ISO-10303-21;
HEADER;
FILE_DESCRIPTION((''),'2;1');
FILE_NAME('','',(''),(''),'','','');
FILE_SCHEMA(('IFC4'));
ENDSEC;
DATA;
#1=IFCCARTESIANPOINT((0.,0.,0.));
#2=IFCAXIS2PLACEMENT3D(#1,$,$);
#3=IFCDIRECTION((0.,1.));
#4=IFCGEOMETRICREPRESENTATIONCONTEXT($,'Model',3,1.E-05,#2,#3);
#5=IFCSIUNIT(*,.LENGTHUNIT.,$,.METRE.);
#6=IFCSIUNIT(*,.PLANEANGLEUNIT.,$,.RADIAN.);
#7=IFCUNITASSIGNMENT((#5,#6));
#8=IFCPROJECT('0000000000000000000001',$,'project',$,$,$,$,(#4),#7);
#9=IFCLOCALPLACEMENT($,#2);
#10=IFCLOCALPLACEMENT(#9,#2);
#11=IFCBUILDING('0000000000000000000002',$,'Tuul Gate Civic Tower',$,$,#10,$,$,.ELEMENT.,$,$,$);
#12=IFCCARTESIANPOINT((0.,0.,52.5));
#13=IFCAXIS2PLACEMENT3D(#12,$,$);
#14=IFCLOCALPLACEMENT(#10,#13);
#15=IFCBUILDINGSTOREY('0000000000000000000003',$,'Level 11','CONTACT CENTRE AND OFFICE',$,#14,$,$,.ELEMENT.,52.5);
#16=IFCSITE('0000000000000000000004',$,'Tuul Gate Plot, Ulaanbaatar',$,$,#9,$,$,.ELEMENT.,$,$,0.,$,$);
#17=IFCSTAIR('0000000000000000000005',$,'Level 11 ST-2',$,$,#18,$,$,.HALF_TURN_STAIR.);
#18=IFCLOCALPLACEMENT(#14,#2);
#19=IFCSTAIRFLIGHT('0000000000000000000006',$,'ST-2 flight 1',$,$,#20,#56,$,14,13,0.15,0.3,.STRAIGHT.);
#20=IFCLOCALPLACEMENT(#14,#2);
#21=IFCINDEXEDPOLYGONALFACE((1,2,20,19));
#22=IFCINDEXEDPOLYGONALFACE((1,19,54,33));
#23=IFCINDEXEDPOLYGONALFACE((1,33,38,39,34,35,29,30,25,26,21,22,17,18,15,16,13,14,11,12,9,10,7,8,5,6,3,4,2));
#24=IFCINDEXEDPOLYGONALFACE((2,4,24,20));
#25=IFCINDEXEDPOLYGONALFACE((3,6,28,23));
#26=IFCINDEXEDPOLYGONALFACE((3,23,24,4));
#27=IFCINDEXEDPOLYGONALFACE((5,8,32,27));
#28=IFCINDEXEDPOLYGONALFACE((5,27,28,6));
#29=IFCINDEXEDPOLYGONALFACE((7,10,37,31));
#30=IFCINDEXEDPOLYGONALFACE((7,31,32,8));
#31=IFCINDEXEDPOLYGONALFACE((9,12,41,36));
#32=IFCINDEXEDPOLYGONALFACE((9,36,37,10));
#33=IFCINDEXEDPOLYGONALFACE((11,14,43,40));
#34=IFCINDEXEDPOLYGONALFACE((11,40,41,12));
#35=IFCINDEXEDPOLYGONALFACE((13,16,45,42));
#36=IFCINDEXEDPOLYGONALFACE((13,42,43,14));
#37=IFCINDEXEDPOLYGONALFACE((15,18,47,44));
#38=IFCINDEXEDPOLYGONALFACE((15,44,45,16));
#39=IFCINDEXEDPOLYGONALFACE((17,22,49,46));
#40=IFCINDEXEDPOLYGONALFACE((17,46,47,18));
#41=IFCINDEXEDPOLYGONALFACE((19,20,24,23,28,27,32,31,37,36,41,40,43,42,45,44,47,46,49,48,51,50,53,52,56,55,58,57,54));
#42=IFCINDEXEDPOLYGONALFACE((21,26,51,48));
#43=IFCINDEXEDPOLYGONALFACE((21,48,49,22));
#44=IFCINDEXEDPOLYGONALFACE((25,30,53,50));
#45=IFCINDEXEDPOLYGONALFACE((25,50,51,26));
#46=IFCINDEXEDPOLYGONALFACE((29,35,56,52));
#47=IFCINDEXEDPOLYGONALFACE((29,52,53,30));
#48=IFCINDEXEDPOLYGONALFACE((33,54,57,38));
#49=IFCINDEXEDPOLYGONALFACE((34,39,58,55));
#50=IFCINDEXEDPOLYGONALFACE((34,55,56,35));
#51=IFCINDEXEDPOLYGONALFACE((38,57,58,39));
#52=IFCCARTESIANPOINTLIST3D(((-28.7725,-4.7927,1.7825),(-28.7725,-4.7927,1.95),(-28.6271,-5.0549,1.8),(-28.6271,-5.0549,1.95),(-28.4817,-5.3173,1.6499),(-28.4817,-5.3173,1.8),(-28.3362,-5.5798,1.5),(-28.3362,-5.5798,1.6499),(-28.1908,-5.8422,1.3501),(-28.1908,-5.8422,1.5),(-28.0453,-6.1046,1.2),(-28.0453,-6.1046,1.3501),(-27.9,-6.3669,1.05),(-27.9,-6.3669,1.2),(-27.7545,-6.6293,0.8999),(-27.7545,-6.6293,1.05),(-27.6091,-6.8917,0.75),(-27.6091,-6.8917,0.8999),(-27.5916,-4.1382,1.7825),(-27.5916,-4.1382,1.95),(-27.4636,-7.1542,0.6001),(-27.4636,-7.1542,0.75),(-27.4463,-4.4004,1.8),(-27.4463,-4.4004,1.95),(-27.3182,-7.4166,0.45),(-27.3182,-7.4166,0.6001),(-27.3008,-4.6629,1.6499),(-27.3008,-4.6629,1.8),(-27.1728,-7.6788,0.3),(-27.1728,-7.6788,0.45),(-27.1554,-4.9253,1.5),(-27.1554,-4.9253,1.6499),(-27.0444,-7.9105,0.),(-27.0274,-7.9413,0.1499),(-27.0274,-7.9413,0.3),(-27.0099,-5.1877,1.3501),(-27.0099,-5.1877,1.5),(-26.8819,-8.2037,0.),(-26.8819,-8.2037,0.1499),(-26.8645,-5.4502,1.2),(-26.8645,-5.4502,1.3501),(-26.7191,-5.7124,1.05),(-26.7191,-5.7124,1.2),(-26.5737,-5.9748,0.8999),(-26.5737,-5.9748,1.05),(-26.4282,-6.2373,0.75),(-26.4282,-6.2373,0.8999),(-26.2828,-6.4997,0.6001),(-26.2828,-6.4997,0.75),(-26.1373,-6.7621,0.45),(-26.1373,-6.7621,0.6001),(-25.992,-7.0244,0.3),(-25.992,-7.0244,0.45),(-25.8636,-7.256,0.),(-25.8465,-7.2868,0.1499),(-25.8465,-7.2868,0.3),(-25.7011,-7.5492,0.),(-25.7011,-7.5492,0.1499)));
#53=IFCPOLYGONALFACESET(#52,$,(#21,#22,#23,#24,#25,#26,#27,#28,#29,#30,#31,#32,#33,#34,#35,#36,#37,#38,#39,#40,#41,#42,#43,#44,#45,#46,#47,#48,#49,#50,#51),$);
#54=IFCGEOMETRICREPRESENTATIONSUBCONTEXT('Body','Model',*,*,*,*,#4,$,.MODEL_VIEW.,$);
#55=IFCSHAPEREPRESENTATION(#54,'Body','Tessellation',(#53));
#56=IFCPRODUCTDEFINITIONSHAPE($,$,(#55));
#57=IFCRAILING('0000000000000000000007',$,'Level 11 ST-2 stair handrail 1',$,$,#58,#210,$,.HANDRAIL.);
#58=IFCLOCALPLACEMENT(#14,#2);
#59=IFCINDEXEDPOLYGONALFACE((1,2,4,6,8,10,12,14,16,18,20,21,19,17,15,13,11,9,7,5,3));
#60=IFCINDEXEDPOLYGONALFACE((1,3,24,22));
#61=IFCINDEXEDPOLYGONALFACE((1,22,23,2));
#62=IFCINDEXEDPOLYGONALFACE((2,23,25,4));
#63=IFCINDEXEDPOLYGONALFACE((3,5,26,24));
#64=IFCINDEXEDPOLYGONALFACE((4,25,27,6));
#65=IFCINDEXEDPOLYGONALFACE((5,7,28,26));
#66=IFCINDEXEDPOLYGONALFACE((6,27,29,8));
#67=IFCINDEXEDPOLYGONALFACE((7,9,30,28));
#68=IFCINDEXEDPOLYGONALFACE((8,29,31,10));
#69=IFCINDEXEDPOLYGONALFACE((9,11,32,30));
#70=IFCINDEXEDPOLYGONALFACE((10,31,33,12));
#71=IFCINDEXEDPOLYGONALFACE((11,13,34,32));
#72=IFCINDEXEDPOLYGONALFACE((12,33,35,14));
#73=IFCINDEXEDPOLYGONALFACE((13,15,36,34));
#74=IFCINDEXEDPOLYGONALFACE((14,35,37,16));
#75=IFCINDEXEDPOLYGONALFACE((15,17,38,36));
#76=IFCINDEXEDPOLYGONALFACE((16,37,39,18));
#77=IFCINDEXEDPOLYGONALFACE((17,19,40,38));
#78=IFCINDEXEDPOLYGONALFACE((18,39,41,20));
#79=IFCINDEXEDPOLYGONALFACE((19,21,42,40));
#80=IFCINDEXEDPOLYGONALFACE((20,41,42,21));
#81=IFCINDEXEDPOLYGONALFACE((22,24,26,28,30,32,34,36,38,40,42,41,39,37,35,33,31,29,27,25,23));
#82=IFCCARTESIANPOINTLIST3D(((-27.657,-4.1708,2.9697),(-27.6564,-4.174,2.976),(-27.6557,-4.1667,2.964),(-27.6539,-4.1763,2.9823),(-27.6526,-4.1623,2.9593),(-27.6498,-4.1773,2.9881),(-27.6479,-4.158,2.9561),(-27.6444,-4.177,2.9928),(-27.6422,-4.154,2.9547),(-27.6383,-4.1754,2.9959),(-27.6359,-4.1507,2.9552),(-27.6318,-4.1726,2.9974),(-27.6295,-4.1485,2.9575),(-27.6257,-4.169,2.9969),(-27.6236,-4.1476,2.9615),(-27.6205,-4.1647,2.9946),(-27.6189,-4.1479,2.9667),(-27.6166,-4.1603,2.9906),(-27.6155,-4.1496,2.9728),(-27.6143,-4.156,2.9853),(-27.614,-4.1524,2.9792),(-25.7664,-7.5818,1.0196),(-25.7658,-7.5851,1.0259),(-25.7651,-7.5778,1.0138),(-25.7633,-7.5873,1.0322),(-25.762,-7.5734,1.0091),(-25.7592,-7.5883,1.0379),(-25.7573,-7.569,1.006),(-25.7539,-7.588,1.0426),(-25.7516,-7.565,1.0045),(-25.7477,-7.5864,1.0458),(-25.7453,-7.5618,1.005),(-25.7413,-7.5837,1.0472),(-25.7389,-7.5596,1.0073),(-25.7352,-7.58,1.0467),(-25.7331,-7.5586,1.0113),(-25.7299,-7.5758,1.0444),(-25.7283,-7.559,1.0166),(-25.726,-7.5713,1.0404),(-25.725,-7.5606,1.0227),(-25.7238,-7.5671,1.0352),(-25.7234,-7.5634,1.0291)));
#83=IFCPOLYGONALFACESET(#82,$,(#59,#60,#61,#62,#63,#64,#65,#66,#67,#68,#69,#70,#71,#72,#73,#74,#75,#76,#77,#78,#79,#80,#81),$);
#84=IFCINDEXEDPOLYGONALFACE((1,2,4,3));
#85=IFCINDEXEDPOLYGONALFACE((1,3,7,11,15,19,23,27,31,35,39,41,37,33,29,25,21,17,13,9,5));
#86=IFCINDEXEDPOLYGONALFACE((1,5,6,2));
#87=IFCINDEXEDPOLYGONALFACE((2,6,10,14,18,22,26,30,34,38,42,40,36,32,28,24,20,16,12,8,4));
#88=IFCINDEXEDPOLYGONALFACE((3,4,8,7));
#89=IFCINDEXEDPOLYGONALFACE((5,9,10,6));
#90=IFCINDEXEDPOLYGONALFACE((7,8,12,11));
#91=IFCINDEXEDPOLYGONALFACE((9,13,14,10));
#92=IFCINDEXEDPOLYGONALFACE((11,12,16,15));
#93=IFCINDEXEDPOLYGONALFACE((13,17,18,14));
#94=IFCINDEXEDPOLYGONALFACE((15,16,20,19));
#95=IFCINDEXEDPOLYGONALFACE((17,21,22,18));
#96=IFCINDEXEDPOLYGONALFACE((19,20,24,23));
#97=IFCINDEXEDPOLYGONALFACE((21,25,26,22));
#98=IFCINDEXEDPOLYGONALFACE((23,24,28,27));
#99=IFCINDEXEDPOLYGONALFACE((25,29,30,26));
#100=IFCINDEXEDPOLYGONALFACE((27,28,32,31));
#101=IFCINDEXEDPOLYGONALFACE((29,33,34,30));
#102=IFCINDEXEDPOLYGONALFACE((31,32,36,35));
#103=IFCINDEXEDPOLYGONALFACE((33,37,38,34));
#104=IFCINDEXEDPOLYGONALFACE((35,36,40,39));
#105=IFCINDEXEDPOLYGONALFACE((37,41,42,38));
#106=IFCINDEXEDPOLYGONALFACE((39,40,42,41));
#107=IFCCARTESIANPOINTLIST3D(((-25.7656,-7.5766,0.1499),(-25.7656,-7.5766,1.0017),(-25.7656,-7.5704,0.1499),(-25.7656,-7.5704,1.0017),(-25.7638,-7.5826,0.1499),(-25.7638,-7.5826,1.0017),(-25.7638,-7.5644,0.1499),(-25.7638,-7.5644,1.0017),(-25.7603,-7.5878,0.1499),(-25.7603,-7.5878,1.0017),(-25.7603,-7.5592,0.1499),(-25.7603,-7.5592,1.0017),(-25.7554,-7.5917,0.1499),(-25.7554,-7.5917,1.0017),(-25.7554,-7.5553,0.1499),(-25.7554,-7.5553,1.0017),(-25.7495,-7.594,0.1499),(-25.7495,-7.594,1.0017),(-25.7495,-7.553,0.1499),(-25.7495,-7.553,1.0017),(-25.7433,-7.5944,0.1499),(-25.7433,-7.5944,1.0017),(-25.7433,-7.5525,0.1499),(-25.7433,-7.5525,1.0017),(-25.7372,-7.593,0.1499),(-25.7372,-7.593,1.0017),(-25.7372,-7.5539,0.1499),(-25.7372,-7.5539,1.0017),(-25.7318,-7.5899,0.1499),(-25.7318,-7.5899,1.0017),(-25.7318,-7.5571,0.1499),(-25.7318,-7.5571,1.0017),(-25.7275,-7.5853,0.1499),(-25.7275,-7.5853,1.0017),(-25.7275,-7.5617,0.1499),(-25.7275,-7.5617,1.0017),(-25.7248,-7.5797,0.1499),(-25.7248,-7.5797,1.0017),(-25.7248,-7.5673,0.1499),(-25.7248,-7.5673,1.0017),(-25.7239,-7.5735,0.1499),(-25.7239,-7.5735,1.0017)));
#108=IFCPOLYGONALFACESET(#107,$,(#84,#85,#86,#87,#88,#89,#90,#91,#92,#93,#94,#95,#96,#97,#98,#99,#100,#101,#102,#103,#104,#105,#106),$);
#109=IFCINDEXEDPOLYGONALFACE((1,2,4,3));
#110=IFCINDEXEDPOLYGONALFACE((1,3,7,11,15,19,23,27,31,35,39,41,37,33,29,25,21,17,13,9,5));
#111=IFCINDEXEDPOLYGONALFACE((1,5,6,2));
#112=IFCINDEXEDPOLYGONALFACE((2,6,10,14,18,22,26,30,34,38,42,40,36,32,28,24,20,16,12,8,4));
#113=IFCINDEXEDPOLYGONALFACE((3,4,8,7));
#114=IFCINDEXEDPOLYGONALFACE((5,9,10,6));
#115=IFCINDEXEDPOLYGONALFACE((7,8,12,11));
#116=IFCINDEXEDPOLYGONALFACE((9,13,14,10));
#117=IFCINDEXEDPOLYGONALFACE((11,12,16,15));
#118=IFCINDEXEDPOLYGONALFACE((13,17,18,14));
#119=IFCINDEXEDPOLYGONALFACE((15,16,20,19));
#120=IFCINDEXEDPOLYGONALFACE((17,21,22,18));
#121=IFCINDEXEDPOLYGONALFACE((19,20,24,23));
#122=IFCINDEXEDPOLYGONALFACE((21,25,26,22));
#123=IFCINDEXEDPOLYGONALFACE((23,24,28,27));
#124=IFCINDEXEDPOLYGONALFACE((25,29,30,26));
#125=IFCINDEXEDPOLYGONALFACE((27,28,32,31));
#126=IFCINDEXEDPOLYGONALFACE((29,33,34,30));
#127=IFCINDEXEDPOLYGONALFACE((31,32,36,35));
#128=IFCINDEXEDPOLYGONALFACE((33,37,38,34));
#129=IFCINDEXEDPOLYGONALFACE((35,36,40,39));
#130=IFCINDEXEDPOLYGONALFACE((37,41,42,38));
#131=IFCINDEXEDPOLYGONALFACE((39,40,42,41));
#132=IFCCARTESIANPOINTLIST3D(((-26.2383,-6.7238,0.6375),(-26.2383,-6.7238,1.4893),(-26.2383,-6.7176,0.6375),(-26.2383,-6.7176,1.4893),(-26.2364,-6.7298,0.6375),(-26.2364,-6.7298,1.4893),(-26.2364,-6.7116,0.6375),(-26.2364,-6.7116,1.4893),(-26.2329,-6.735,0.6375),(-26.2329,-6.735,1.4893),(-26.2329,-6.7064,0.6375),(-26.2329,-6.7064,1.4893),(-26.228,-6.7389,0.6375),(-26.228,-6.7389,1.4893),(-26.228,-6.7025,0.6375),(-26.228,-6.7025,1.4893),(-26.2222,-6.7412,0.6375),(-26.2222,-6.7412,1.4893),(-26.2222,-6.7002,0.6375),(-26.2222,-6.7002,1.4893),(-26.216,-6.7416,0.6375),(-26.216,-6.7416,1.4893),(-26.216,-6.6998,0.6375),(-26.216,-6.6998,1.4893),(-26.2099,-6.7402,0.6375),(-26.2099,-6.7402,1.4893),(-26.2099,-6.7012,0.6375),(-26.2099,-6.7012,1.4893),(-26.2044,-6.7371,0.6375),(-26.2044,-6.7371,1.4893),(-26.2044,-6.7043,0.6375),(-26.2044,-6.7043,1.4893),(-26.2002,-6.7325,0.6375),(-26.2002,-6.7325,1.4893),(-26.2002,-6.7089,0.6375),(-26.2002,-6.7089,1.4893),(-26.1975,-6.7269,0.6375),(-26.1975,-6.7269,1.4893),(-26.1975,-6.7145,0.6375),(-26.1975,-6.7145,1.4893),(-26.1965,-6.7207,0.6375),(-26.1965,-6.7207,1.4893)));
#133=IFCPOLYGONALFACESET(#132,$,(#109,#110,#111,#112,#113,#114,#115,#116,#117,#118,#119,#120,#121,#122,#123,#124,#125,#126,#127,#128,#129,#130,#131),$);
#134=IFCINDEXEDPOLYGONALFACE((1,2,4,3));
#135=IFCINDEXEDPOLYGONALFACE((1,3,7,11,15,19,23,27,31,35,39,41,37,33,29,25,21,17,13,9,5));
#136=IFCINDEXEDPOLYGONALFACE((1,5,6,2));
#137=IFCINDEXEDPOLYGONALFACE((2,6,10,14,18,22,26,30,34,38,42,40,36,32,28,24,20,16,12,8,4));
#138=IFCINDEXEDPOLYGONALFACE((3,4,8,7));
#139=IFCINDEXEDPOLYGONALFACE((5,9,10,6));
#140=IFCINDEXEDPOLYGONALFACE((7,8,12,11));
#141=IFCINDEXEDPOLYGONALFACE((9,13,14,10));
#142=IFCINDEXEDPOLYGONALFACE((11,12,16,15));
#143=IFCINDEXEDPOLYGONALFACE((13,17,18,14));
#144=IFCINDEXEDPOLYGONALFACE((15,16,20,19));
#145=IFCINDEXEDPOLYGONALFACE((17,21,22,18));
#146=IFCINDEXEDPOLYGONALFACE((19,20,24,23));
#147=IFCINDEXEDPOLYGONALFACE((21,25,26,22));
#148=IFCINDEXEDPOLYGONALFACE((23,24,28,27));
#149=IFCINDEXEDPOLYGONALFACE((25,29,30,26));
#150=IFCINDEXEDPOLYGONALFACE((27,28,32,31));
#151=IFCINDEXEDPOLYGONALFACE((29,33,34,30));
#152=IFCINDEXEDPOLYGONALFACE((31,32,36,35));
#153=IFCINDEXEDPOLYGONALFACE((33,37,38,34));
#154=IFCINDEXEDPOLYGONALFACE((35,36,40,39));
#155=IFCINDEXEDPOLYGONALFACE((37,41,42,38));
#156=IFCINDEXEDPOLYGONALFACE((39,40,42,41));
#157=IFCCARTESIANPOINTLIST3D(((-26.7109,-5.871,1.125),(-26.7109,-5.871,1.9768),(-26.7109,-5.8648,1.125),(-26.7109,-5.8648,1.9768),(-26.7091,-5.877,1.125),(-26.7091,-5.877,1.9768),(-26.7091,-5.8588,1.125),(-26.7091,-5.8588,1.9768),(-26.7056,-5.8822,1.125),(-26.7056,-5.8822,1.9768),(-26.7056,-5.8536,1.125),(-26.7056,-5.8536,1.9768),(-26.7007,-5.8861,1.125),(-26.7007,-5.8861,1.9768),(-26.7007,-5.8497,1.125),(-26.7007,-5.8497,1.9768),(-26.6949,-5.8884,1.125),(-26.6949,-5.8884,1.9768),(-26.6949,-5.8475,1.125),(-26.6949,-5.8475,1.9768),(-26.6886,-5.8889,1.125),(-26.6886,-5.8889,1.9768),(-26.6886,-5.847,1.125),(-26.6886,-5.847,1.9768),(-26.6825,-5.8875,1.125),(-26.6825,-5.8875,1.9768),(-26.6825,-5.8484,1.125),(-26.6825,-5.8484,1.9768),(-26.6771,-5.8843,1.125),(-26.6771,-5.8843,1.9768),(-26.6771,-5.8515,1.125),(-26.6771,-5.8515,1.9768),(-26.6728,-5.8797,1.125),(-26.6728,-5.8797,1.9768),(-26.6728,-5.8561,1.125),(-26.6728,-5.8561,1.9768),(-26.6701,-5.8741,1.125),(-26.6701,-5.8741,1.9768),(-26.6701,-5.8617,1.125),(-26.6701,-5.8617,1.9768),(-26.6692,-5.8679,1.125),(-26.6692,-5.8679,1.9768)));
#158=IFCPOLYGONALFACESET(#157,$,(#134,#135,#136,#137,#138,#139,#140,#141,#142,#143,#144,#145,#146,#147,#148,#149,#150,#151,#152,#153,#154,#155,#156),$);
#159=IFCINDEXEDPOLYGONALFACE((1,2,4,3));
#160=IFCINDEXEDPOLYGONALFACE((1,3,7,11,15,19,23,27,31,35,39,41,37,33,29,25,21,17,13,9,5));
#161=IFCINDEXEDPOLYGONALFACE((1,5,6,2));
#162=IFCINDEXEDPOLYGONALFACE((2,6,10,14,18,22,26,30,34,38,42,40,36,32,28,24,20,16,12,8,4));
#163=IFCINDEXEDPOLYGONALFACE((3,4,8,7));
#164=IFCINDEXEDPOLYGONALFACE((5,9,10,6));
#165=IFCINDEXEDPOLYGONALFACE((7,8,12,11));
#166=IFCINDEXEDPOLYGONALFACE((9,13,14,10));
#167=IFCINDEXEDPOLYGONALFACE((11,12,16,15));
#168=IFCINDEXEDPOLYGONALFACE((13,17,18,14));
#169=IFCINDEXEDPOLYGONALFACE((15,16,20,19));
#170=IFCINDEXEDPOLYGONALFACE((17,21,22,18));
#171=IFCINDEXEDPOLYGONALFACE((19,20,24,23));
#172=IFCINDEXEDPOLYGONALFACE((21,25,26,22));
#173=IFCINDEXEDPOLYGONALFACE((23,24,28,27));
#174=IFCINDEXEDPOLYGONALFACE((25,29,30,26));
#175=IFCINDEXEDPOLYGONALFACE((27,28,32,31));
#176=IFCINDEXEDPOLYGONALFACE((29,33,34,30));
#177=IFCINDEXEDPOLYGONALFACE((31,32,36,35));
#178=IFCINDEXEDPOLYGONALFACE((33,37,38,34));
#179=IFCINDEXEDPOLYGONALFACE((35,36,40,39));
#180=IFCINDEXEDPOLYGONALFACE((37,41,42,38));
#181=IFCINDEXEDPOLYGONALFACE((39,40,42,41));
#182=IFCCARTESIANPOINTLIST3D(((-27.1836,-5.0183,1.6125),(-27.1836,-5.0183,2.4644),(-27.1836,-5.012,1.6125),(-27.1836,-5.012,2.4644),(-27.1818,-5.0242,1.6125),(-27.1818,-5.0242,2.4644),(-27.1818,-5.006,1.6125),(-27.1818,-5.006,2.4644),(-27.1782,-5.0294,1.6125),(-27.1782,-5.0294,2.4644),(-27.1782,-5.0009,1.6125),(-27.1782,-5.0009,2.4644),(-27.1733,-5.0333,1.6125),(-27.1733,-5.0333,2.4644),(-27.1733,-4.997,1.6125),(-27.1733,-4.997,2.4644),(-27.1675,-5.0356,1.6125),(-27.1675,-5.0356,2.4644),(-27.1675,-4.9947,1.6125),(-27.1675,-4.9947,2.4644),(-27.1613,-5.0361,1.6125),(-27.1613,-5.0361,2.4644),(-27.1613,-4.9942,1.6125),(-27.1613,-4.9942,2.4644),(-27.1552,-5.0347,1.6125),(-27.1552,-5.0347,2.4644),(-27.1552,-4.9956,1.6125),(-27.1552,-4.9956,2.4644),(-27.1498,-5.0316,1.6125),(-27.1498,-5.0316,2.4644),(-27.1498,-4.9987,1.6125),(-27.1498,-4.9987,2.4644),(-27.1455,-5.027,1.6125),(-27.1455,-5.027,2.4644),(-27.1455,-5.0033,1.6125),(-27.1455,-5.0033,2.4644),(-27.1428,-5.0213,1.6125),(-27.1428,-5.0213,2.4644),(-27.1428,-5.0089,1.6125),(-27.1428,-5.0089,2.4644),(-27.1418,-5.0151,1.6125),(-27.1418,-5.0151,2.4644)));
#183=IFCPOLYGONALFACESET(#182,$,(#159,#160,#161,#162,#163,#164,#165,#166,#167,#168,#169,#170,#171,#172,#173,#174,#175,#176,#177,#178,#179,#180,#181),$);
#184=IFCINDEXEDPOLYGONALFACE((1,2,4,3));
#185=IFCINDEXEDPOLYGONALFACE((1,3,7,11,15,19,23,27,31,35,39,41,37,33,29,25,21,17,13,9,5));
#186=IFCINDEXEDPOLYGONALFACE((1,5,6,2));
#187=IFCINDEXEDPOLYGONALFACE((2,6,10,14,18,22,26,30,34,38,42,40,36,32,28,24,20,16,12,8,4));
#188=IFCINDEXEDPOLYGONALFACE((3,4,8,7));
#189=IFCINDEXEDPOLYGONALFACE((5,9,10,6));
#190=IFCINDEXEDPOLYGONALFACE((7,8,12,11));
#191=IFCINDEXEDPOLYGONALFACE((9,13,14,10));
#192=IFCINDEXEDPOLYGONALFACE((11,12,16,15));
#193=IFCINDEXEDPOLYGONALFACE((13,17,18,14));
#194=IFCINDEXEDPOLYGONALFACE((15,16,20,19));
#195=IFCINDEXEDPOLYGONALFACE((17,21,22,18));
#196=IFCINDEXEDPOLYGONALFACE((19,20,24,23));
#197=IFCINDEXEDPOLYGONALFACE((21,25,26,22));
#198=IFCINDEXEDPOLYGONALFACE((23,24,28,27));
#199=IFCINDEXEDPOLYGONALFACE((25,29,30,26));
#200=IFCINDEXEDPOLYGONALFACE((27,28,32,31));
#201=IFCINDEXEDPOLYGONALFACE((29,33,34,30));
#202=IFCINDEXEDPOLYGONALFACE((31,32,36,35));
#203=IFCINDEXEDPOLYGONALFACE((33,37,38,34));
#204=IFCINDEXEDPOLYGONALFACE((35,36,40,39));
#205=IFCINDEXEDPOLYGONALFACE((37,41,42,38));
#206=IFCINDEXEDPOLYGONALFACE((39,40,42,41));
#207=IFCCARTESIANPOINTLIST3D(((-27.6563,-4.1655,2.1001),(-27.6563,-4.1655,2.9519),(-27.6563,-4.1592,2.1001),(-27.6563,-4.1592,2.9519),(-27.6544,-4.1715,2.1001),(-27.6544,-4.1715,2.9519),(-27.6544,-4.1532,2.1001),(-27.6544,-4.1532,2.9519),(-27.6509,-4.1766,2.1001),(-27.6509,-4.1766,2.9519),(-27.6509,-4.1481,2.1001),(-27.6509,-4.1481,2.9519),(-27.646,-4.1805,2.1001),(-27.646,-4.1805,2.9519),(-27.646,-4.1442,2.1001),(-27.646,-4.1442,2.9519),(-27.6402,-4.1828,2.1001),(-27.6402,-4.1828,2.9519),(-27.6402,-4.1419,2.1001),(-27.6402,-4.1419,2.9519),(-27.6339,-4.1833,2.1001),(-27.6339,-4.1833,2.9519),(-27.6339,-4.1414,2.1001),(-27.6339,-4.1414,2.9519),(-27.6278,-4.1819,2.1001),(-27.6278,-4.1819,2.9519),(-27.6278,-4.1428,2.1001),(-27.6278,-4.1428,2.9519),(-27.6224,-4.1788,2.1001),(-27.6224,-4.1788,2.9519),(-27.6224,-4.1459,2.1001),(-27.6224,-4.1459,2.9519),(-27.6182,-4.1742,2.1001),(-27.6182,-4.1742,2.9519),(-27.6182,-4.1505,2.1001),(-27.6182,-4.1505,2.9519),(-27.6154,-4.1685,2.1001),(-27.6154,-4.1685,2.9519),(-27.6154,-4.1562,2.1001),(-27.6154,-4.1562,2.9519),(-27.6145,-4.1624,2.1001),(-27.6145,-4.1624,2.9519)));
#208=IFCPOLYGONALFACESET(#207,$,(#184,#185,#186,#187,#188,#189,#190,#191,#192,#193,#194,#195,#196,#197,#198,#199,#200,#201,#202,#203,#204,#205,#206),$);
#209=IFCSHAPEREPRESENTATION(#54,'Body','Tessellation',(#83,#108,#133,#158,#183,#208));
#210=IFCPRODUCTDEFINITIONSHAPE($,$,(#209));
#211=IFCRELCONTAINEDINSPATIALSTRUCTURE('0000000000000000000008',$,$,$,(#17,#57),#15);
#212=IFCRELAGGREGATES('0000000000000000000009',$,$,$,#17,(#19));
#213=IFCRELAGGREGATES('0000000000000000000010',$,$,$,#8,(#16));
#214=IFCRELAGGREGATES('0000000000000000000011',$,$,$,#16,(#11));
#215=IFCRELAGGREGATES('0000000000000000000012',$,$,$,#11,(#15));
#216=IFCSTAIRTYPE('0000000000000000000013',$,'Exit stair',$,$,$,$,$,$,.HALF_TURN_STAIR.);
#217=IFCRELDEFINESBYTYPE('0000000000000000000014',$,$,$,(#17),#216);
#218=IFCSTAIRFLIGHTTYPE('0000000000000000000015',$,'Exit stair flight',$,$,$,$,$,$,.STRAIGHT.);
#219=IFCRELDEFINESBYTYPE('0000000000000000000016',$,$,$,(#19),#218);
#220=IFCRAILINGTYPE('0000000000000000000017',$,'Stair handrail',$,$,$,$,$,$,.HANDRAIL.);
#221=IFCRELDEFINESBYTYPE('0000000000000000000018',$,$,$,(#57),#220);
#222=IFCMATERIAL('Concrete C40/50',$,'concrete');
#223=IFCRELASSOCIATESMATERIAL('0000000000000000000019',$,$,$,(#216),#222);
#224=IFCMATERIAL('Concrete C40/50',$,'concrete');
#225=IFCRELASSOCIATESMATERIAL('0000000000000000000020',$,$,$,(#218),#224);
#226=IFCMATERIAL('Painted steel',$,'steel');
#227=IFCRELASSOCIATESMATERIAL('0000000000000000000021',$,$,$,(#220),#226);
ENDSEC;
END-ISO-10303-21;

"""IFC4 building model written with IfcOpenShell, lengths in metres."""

from ifc_helpers import new_model, si_unit, direction, frame, origin, origin_2d, place, context, subcontext, project, spatial, polyline, circle, outline, extrude, material, type_object, element, aggregate, save


model = new_model("IFC4")

# Units and contexts
model_context = context("Model", 3, precision=1e-05, world=origin(), true_north=direction((0.0, 1.0)))
body_context = subcontext(model_context, "Body", "Model", "MODEL_VIEW")
ifc_project = project(units=[si_unit("LENGTHUNIT", "METRE"), si_unit("PLANEANGLEUNIT", "RADIAN")], contexts=[model_context])

# Site, building, storey
site_placement = place(None, origin())
site = spatial("IfcSite", under=ifc_project, at=site_placement, Name="Tuul Gate Plot, Ulaanbaatar", CompositionType="ELEMENT", RefElevation=0.0)
building_placement = place(site_placement, origin())
building = spatial("IfcBuilding", under=site, at=building_placement, Name="Tuul Gate Civic Tower", CompositionType="ELEMENT")
storey_placement = place(building_placement, frame((0.0, 0.0, 52.5)))
storey = spatial("IfcBuildingStorey", under=building, at=storey_placement, Name="Level 11", Description="CONTACT CENTRE AND OFFICE", CompositionType="ELEMENT", Elevation=52.5)

# Stair, stair flight
ifc_material_1 = material(Name="Concrete C40/50", Category="concrete")
stair_type = type_object("IfcStairType", Name="Exit stair", PredefinedType="HALF_TURN_STAIR", material=ifc_material_1)
stair_placement = place(storey_placement, origin())
stair = element("IfcStair", 1, at=stair_placement, inside=storey, type_object=stair_type, Name="Level 11 ST-2", PredefinedType="HALF_TURN_STAIR")
ifc_material_2 = material(Name="Concrete C40/50", Category="concrete")
stair_flight_type = type_object("IfcStairFlightType", Name="Exit stair flight", PredefinedType="STRAIGHT", material=ifc_material_2)
stair_flight_placement = place(storey_placement, frame((-26.2915, -7.8765, 0.0), z_axis=(0.0, 0.0, 1.0), x_axis=(-0.484762, 0.874646, 0.0)))
stair_flight = element("IfcStairFlight", 2, at=stair_flight_placement, type_object=stair_flight_type, Name="ST-2 flight 1", NumberOfRisers=14, NumberOfTreads=13, PredefinedType="STRAIGHT", RiserHeight=0.15, TreadLength=0.3, context=body_context, shape_type="SweptSolid", body=[
    extrude(outline(polyline([(0.0, 0.0), (0.0, 0.1499), (0.3, 0.1499), (0.3, 0.3), (0.6001, 0.3), (0.6001, 0.45), (0.8999, 0.45), (0.8999, 0.6001), (1.2, 0.6001), (1.2, 0.75), (1.5, 0.75), (1.5, 0.8999), (1.8, 0.8999), (1.8, 1.05), (2.1001, 1.05), (2.1001, 1.2), (2.3999, 1.2), (2.3999, 1.3501), (2.7, 1.3501), (2.7, 1.5), (3.0, 1.5), (3.0, 1.6499), (3.3, 1.6499), (3.3, 1.8), (3.6001, 1.8), (3.6001, 1.95), (3.8999, 1.95), (3.8999, 2.1001), (3.8999, 1.7825), (0.3352, 0.0), (0.0, 0.0)])), frame((0.0, 0.675, 0.0), z_axis=(0.0, -1.0, 0.0), x_axis=(1.0, 0.0, 0.0)), (0.0, 0.0, 1.0), 1.3501),
])
aggregate(stair, [stair_flight])

# Railing
ifc_material_3 = material(Name="Painted steel", Category="steel")
railing_type_1 = type_object("IfcRailingType", Name="Stair handrail", PredefinedType="HANDRAIL", material=ifc_material_3)
railing_1_placement = place(storey_placement, frame((-25.7449, -7.5735, 0.1499)))
element("IfcRailing", 3, at=railing_1_placement, inside=storey, type_object=railing_type_1, Name="Level 11 ST-2 stair handrail 1", PredefinedType="HANDRAIL", context=body_context, shape_type="SweptSolid", body=[
    extrude(circle(Radius=0.0239, at=origin_2d()), frame((0.0, 0.0, 0.876), z_axis=(-0.433585, 0.782289, 0.447246), x_axis=(-0.874641, -0.484771, 0.0)), (0.0, 0.0, 1.0), 4.3604),
    extrude(circle(Radius=0.021, at=origin_2d()), origin(), (0.0, 0.0, 1.0), 0.8518),
    extrude(circle(Radius=0.021, at=origin_2d()), frame((-0.4727, 0.8528, 0.4875)), (0.0, 0.0, 1.0), 0.8518),
    extrude(circle(Radius=0.021, at=origin_2d()), frame((-0.9453, 1.7056, 0.9751)), (0.0, 0.0, 1.0), 0.8518),
    extrude(circle(Radius=0.021, at=origin_2d()), frame((-1.418, 2.5583, 1.4626)), (0.0, 0.0, 1.0), 0.8518),
    extrude(circle(Radius=0.021, at=origin_2d()), frame((-1.8906, 3.4111, 1.9502)), (0.0, 0.0, 1.0), 0.8518),
])

save(model, "model.ifc")
